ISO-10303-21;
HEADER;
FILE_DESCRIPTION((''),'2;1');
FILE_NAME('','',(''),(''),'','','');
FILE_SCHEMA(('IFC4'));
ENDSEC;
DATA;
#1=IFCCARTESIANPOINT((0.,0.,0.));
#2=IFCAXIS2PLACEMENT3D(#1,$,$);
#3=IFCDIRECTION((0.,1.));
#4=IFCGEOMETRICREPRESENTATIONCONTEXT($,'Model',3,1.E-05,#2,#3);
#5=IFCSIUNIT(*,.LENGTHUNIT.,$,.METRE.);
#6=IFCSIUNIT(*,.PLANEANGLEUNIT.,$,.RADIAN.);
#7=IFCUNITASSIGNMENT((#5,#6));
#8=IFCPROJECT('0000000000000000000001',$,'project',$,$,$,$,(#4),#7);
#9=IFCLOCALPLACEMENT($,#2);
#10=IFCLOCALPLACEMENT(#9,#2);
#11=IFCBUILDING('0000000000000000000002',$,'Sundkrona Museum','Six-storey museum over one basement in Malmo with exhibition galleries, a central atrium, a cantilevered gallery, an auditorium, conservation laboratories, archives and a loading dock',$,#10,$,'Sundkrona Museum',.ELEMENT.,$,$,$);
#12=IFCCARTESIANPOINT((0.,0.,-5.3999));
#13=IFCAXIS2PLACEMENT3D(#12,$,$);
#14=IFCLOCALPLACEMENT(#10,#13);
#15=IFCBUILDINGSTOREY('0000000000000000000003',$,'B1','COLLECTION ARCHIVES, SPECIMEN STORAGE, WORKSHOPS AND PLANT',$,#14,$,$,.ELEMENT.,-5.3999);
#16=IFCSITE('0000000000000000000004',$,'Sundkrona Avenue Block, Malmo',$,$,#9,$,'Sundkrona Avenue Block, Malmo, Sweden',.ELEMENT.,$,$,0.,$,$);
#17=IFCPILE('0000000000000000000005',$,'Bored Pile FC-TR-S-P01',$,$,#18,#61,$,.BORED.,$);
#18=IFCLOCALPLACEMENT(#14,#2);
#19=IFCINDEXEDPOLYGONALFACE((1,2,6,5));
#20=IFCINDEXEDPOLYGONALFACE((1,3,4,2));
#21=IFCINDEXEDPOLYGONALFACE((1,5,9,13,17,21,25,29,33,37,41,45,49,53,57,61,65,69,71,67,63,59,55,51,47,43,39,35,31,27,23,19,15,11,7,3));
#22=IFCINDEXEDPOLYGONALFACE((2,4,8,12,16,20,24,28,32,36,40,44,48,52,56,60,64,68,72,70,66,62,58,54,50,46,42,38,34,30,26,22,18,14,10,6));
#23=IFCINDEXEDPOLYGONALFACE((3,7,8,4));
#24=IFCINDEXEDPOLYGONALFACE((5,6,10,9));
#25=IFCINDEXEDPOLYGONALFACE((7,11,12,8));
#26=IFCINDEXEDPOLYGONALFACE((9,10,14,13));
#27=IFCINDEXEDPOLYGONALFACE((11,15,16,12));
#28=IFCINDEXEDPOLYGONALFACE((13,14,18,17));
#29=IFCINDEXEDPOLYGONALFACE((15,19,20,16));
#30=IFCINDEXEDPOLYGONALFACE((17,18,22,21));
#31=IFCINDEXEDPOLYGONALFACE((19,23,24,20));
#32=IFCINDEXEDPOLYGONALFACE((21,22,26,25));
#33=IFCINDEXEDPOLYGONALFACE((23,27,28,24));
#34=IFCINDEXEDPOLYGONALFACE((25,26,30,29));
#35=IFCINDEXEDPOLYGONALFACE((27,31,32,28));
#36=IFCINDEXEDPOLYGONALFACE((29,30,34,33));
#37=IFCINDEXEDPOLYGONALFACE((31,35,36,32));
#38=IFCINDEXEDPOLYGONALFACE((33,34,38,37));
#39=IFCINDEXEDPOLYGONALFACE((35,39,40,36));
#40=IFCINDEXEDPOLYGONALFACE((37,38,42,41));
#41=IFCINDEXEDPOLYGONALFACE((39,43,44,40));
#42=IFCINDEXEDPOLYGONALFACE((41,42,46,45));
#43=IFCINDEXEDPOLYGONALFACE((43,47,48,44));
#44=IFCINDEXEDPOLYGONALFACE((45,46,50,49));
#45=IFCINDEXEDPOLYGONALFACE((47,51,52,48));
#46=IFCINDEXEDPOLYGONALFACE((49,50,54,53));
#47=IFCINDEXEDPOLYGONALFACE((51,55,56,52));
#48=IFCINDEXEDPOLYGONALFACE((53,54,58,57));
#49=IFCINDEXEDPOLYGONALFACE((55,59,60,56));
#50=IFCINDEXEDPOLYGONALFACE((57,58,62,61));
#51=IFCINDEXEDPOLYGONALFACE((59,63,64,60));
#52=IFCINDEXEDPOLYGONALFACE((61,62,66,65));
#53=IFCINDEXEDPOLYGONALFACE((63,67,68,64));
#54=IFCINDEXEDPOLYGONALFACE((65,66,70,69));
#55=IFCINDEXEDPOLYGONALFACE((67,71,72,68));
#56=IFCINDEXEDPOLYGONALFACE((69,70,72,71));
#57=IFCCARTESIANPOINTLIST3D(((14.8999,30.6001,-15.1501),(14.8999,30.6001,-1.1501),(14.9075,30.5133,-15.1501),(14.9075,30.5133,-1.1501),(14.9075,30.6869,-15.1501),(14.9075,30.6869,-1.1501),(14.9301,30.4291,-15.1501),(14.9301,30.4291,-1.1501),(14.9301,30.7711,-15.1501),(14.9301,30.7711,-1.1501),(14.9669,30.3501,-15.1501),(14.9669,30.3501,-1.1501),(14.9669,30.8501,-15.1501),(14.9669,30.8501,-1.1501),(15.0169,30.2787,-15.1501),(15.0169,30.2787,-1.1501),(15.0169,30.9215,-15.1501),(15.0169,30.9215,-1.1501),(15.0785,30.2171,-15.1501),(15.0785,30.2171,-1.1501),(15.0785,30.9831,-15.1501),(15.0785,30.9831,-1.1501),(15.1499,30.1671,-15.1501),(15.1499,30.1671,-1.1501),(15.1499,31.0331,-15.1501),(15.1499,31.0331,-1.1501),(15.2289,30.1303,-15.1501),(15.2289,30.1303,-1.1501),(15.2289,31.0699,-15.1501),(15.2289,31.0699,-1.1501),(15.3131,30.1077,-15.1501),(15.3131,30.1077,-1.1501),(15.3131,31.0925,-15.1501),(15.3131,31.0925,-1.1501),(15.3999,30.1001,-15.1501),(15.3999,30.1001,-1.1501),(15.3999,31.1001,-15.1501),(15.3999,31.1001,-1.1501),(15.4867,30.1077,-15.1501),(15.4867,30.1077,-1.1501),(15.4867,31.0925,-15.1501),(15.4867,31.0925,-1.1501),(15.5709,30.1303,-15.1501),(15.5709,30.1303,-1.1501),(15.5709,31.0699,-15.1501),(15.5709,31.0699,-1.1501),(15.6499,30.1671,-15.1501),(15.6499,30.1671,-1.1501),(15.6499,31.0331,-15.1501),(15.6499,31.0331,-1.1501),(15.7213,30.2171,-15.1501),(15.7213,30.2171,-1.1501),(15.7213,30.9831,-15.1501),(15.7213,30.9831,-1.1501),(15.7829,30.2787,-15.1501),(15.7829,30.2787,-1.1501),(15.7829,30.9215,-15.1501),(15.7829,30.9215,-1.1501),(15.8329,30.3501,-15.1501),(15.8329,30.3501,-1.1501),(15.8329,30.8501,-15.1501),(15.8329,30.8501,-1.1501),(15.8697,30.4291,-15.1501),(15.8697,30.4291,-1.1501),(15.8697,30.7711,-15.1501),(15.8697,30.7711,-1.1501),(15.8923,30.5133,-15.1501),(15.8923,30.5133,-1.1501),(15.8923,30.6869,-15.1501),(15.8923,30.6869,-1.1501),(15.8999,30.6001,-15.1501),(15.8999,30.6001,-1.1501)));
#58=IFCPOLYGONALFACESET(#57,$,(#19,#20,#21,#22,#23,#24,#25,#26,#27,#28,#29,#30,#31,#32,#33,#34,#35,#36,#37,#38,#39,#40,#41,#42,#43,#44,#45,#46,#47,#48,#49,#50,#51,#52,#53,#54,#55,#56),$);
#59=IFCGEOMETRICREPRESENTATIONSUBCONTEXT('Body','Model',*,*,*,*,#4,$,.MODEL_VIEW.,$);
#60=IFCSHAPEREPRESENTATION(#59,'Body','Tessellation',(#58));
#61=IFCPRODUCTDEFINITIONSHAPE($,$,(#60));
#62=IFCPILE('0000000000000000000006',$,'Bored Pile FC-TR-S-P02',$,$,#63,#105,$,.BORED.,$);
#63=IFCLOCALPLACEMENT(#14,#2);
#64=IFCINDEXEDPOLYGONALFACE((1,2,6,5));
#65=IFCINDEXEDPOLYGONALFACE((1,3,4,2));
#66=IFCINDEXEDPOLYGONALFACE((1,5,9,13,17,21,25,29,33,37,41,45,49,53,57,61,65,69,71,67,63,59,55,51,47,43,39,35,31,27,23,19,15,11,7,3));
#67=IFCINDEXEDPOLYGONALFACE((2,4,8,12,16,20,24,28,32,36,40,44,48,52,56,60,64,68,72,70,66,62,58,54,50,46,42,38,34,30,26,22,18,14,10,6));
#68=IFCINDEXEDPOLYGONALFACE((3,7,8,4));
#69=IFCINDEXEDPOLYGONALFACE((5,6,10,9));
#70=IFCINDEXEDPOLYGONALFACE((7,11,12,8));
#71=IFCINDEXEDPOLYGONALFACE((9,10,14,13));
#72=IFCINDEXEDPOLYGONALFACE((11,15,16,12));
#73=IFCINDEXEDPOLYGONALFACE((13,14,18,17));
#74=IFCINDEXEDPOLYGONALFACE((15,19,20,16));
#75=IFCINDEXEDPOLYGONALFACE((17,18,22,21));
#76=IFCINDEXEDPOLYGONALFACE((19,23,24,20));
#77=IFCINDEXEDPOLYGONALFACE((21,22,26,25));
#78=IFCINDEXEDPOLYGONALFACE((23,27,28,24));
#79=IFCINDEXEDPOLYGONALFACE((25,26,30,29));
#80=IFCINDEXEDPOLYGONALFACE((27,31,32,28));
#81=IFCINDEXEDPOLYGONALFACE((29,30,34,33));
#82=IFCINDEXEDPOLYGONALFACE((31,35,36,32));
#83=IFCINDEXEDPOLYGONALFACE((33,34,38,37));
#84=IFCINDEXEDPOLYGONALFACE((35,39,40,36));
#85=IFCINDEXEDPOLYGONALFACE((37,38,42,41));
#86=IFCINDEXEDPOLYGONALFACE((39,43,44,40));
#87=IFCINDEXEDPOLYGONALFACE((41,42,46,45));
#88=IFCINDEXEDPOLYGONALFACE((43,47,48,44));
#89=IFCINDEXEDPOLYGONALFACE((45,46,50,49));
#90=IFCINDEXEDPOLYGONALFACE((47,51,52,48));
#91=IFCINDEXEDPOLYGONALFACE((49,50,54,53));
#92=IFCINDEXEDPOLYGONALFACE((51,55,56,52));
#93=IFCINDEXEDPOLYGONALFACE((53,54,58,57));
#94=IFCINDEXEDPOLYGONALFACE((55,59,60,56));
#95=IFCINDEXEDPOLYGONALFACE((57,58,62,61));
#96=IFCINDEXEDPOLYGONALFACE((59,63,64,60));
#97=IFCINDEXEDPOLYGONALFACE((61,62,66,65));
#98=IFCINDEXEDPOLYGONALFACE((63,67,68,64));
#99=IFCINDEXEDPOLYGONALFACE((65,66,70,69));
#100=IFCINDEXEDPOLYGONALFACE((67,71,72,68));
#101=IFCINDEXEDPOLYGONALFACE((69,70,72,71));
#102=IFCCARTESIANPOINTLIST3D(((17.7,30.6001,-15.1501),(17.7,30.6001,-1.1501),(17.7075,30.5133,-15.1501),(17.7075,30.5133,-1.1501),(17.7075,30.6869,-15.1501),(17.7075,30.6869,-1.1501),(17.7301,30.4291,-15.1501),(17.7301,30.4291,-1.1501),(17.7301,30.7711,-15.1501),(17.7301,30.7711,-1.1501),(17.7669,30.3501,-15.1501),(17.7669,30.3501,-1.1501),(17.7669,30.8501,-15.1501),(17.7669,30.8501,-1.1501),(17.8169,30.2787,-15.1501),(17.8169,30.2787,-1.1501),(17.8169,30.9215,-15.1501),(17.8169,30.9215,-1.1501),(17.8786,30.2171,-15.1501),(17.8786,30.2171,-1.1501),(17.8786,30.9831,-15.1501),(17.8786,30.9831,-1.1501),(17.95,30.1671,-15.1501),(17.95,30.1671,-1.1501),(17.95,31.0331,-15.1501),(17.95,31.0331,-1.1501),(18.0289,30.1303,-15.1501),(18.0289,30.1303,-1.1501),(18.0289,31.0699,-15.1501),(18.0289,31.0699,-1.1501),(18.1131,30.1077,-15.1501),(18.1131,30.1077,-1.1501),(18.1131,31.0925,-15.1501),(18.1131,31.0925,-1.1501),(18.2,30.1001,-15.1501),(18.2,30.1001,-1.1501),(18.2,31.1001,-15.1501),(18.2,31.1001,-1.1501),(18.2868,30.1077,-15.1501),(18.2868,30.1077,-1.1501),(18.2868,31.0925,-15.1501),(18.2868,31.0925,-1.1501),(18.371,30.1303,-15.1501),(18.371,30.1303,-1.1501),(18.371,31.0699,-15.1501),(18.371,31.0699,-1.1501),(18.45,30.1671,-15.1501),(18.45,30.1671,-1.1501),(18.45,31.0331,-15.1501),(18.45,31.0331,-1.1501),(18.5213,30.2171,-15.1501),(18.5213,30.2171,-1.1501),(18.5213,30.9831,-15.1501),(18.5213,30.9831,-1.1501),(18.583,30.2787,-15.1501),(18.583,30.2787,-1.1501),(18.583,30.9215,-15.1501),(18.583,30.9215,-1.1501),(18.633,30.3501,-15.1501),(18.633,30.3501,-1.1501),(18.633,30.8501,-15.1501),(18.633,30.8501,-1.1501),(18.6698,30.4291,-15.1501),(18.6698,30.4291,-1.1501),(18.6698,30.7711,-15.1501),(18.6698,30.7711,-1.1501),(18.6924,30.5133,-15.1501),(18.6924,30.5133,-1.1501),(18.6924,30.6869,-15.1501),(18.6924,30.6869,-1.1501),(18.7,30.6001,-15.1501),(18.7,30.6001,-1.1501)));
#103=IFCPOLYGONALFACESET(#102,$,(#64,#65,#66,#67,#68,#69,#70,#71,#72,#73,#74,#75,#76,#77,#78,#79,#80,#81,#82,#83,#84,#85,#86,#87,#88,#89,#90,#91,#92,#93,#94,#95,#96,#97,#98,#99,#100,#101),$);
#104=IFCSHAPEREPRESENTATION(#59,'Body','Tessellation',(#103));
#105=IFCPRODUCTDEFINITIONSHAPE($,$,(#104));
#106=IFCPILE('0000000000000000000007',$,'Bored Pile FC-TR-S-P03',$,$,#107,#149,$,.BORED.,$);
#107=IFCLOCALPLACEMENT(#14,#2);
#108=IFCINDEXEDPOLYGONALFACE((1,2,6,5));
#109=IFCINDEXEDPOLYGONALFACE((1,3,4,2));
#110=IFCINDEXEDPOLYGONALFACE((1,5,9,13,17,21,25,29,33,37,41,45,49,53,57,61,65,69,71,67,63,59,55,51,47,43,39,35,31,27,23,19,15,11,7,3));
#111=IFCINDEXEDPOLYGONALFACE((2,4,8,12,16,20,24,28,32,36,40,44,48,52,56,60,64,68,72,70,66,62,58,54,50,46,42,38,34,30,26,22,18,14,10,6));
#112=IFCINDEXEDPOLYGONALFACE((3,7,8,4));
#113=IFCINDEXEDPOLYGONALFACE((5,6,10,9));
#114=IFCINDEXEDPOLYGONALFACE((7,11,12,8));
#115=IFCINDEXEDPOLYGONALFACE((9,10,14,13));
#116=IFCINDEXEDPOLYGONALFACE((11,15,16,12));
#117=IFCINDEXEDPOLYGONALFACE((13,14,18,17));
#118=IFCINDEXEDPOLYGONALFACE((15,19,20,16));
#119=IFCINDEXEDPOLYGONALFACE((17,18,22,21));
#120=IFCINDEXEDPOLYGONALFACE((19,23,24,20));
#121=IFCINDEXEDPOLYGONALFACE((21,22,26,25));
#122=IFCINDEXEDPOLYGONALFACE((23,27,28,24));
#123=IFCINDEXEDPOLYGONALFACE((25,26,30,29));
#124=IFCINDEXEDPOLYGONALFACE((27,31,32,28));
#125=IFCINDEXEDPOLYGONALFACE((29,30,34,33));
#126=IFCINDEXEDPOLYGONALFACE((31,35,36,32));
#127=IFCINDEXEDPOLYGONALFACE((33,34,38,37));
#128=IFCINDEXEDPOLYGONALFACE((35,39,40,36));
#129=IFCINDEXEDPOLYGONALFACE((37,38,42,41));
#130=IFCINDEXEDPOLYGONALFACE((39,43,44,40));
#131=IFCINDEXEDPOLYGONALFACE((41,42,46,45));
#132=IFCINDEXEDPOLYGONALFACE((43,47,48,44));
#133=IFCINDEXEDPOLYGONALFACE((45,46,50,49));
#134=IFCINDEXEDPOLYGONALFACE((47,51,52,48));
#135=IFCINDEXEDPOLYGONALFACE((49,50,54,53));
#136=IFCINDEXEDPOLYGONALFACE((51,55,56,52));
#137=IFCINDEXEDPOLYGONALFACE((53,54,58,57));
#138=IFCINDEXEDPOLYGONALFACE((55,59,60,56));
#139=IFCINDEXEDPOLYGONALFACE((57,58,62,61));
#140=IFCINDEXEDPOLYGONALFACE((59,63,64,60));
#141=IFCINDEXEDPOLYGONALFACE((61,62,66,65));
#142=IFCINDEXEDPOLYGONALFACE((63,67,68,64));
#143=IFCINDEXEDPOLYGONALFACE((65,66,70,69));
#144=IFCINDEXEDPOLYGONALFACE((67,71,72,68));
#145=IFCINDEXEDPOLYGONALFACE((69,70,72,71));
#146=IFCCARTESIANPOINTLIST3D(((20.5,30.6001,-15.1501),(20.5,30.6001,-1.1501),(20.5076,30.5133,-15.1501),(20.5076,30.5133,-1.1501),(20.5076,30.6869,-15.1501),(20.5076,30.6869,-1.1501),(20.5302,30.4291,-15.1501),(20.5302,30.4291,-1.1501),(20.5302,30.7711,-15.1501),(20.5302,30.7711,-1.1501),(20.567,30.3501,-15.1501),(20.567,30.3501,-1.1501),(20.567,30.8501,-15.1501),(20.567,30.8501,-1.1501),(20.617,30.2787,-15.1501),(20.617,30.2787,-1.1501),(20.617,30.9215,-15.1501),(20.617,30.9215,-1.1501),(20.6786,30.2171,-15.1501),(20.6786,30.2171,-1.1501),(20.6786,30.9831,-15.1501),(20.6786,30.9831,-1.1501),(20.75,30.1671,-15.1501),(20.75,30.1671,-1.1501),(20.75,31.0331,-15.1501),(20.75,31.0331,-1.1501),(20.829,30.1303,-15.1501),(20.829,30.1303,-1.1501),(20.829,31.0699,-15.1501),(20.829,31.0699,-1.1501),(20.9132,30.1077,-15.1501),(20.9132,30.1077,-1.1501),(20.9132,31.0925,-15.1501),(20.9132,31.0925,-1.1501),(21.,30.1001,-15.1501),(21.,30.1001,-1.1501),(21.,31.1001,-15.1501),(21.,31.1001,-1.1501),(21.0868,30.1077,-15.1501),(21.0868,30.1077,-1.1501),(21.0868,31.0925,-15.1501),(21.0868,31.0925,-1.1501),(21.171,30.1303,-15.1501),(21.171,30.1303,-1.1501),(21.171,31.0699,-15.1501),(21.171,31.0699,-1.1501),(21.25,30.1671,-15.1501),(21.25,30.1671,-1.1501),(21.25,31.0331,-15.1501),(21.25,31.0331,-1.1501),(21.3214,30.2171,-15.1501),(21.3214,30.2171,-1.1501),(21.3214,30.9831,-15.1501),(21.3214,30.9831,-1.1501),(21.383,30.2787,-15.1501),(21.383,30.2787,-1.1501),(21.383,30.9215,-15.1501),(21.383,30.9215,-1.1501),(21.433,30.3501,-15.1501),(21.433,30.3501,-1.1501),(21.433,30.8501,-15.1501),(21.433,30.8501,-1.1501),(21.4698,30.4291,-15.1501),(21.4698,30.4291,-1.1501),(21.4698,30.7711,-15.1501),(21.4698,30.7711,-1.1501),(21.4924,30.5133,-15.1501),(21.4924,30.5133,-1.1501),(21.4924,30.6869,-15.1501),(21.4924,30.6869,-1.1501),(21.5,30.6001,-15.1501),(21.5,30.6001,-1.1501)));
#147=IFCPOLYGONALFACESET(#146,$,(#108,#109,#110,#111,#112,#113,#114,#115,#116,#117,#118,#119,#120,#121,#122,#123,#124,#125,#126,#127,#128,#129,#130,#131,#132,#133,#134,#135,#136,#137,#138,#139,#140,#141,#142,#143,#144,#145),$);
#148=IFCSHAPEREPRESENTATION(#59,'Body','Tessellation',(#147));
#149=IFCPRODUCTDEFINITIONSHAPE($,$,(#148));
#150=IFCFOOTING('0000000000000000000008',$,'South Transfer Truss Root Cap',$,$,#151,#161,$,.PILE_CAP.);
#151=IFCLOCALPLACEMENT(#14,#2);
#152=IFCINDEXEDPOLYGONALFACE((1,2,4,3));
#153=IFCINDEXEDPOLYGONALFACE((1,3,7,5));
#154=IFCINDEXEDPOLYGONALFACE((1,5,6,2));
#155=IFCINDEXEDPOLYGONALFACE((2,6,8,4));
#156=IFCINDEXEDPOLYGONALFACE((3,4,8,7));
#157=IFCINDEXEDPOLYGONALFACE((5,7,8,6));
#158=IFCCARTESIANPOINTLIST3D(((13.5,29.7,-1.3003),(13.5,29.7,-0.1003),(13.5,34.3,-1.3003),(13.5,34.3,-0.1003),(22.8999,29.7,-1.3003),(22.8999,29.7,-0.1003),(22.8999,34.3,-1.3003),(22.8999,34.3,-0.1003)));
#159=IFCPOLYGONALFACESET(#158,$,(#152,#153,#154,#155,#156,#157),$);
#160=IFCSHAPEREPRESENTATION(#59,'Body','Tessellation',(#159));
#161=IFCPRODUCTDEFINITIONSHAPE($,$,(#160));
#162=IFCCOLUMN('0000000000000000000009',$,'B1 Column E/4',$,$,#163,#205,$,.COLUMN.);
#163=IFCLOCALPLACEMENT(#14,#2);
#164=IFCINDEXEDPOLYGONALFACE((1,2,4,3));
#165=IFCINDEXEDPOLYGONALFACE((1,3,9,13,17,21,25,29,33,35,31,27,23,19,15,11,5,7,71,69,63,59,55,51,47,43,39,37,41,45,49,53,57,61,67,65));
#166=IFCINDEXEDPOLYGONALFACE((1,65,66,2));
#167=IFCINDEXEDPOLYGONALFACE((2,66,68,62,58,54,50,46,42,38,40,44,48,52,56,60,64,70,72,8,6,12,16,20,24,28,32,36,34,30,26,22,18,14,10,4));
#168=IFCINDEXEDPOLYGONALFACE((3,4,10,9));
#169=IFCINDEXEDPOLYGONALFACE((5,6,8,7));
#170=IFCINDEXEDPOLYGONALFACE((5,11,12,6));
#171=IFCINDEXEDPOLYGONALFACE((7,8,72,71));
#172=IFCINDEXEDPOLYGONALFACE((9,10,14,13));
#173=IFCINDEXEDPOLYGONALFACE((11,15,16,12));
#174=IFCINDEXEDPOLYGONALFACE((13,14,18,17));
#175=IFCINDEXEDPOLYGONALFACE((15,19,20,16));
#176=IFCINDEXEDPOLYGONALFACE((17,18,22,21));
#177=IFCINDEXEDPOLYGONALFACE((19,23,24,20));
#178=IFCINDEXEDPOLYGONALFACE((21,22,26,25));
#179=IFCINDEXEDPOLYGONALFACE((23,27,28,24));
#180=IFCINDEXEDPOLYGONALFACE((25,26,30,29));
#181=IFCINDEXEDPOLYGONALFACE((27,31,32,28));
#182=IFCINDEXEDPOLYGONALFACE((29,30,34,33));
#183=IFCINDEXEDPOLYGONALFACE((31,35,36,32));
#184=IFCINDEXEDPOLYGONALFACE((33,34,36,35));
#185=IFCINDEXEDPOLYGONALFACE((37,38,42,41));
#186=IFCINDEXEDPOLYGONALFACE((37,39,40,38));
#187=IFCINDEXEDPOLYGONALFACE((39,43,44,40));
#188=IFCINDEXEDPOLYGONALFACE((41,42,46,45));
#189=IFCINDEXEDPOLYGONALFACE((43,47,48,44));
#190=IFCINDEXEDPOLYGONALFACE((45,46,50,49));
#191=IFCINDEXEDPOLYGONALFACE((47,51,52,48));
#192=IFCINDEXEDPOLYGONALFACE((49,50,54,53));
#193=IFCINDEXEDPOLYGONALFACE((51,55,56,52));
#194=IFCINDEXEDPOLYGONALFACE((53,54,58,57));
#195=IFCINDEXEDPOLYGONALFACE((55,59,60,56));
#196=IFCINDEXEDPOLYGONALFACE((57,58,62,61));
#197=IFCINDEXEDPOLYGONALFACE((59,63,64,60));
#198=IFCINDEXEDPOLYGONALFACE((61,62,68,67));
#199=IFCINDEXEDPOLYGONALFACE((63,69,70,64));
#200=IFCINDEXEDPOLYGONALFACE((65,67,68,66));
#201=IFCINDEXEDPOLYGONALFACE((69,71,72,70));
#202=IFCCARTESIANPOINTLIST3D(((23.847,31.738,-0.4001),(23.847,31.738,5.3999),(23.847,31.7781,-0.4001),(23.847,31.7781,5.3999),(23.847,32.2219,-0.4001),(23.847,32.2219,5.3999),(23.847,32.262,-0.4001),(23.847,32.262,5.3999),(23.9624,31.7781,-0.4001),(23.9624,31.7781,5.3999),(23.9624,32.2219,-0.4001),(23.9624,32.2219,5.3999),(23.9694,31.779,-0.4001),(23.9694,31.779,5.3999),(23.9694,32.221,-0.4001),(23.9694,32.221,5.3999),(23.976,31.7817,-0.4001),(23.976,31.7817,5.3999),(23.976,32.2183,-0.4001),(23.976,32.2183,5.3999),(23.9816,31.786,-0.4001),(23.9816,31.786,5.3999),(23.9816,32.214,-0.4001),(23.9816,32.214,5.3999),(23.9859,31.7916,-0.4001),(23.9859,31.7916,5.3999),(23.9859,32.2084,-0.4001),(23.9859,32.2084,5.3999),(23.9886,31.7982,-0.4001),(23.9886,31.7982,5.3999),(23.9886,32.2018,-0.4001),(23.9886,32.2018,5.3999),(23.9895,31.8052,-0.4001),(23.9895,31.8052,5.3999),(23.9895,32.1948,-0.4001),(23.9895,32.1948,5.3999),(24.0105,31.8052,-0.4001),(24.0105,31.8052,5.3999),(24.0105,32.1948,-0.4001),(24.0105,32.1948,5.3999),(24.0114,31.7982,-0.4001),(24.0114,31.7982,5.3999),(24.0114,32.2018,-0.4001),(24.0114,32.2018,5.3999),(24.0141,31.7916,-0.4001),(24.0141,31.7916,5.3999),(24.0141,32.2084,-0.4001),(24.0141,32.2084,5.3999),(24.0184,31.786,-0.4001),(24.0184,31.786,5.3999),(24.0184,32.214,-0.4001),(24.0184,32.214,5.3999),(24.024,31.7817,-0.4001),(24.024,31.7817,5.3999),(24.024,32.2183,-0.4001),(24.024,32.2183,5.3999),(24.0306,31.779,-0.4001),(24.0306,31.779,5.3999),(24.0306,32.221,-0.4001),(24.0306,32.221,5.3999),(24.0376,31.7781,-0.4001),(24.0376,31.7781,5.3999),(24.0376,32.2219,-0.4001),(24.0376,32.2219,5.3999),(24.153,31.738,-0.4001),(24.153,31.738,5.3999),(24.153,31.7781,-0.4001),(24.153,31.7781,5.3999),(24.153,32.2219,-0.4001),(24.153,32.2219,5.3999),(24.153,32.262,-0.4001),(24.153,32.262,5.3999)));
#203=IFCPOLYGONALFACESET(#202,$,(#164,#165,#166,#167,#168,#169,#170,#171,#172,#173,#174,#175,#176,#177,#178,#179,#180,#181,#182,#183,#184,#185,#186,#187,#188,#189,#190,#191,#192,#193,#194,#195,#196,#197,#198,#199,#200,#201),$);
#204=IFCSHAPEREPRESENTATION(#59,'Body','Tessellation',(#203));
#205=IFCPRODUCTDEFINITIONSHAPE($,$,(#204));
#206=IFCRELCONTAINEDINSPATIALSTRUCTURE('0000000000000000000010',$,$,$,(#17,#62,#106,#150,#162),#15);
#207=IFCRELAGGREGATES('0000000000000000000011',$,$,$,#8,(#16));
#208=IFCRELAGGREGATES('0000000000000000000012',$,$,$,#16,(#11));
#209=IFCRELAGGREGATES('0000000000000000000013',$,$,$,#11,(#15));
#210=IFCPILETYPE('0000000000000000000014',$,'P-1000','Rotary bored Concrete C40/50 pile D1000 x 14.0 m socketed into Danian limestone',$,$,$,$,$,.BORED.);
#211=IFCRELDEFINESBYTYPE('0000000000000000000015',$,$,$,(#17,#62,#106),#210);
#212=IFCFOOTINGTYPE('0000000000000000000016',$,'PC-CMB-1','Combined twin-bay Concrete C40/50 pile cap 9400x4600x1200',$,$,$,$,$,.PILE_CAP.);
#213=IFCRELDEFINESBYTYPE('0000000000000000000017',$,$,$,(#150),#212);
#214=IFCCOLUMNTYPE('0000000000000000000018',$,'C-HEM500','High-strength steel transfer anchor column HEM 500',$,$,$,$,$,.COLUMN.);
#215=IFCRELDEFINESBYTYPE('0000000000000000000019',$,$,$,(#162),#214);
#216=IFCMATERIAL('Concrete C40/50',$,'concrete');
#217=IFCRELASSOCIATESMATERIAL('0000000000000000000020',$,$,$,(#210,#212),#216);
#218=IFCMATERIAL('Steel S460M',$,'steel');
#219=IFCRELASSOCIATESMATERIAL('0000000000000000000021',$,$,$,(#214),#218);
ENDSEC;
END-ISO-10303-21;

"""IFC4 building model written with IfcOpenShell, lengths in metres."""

from ifc_helpers import new_model, si_unit, direction, frame, origin, origin_2d, place, context, subcontext, project, spatial, rectangle, circle, i_section, extrude, material, material_profile, profile_set, type_object, element, save


model = new_model("IFC4")

# Units and contexts
model_context = context("Model", 3, precision=1e-05, world=origin(), true_north=direction((0.0, 1.0)))
body_context = subcontext(model_context, "Body", "Model", "MODEL_VIEW")
ifc_project = project(units=[si_unit("LENGTHUNIT", "METRE"), si_unit("PLANEANGLEUNIT", "RADIAN")], contexts=[model_context])

# Site, building, storey
site_placement = place(None, origin())
site = spatial("IfcSite", under=ifc_project, at=site_placement, Name="Sundkrona Avenue Block, Malmo", LongName="Sundkrona Avenue Block, Malmo, Sweden", CompositionType="ELEMENT", RefElevation=0.0)
building_placement = place(site_placement, origin())
building = spatial("IfcBuilding", under=site, at=building_placement, Name="Sundkrona Museum", Description="Six-storey museum over one basement in Malmo with exhibition galleries, a central atrium, a cantilevered gallery, an auditorium, conservation laboratories, archives and a loading dock", LongName="Sundkrona Museum", CompositionType="ELEMENT")
storey_placement = place(building_placement, frame((0.0, 0.0, -5.3999)))
storey = spatial("IfcBuildingStorey", under=building, at=storey_placement, Name="B1", Description="COLLECTION ARCHIVES, SPECIMEN STORAGE, WORKSHOPS AND PLANT", CompositionType="ELEMENT", Elevation=-5.3999)

# Piles
ifc_material_1 = material(Name="Concrete C40/50", Category="concrete")
ifc_material_profile_1 = material_profile(ifc_material_1, circle(Radius=0.5, at=origin_2d()), Name="PILE D1000")
ifc_profile_set_1 = profile_set([ifc_material_profile_1], Name="Concrete C40/50")
pile_type = type_object("IfcPileType", Name="P-1000", Description="Rotary bored Concrete C40/50 pile D1000 x 14.0 m socketed into Danian limestone", PredefinedType="BORED", material=ifc_profile_set_1)
for number, where, z_axis, x_axis, name in (
    (1, (15.3999, 30.6001, -1.1501), (0.0, 0.0, -1.0), (1.0, 0.0, 0.0), "Bored Pile FC-TR-S-P01"),
    (2, (18.2, 30.6001, -1.1501), (0.0, 0.0, -1.0), (1.0, 0.0, 0.0), "Bored Pile FC-TR-S-P02"),
    (3, (21.0, 30.6001, -1.1501), (0.0, 0.0, -1.0), (1.0, 0.0, 0.0), "Bored Pile FC-TR-S-P03"),
):
    element("IfcPile", number, at=place(storey_placement, frame(where, z_axis=z_axis, x_axis=x_axis)), inside=storey, type_object=pile_type, Name=name, PredefinedType="BORED", context=body_context, shape_type="SweptSolid", body=[
        extrude(circle(Radius=0.5, at=origin_2d()), origin(), (0.0, 0.0, 1.0), 14.0),
    ])

# Footing
footing_type = type_object("IfcFootingType", Name="PC-CMB-1", Description="Combined twin-bay Concrete C40/50 pile cap 9400x4600x1200", PredefinedType="PILE_CAP", material=ifc_material_1)
footing_placement = place(storey_placement, frame((18.2, 32.0, -1.3003), z_axis=(0.0, 0.0, 1.0), x_axis=(1.0, 0.0, 0.0)))
element("IfcFooting", 4, at=footing_placement, inside=storey, type_object=footing_type, Name="South Transfer Truss Root Cap", PredefinedType="PILE_CAP", context=body_context, shape_type="SweptSolid", body=[
    extrude(rectangle(XDim=9.3999, YDim=4.6001, at=origin_2d()), origin(), (0.0, 0.0, 1.0), 1.2),
])

# Column
ifc_material_2 = material(Name="Steel S460M", Category="steel")
ifc_material_profile_2 = material_profile(ifc_material_2, i_section(OverallWidth=0.3059, OverallDepth=0.5239, WebThickness=0.021, FlangeThickness=0.04, FilletRadius=0.0271, at=origin_2d()), Name="HEM 500")
ifc_profile_set_2 = profile_set([ifc_material_profile_2], Name="Steel S460M")
column_type_1 = type_object("IfcColumnType", Name="C-HEM500", Description="High-strength steel transfer anchor column HEM 500", PredefinedType="COLUMN", material=ifc_profile_set_2)
column_1_placement = place(storey_placement, frame((24.0, 32.0, -0.4001), z_axis=(0.0, 0.0, 1.0), x_axis=(1.0, 0.0, 0.0)))
element("IfcColumn", 5, at=column_1_placement, inside=storey, type_object=column_type_1, Name="B1 Column E/4", PredefinedType="COLUMN", context=body_context, shape_type="SweptSolid", body=[
    extrude(i_section(OverallWidth=0.3059, OverallDepth=0.5239, WebThickness=0.021, FlangeThickness=0.04, FilletRadius=0.0271, at=origin_2d()), origin(), (0.0, 0.0, 1.0), 5.8),
])

save(model, "model.ifc")
